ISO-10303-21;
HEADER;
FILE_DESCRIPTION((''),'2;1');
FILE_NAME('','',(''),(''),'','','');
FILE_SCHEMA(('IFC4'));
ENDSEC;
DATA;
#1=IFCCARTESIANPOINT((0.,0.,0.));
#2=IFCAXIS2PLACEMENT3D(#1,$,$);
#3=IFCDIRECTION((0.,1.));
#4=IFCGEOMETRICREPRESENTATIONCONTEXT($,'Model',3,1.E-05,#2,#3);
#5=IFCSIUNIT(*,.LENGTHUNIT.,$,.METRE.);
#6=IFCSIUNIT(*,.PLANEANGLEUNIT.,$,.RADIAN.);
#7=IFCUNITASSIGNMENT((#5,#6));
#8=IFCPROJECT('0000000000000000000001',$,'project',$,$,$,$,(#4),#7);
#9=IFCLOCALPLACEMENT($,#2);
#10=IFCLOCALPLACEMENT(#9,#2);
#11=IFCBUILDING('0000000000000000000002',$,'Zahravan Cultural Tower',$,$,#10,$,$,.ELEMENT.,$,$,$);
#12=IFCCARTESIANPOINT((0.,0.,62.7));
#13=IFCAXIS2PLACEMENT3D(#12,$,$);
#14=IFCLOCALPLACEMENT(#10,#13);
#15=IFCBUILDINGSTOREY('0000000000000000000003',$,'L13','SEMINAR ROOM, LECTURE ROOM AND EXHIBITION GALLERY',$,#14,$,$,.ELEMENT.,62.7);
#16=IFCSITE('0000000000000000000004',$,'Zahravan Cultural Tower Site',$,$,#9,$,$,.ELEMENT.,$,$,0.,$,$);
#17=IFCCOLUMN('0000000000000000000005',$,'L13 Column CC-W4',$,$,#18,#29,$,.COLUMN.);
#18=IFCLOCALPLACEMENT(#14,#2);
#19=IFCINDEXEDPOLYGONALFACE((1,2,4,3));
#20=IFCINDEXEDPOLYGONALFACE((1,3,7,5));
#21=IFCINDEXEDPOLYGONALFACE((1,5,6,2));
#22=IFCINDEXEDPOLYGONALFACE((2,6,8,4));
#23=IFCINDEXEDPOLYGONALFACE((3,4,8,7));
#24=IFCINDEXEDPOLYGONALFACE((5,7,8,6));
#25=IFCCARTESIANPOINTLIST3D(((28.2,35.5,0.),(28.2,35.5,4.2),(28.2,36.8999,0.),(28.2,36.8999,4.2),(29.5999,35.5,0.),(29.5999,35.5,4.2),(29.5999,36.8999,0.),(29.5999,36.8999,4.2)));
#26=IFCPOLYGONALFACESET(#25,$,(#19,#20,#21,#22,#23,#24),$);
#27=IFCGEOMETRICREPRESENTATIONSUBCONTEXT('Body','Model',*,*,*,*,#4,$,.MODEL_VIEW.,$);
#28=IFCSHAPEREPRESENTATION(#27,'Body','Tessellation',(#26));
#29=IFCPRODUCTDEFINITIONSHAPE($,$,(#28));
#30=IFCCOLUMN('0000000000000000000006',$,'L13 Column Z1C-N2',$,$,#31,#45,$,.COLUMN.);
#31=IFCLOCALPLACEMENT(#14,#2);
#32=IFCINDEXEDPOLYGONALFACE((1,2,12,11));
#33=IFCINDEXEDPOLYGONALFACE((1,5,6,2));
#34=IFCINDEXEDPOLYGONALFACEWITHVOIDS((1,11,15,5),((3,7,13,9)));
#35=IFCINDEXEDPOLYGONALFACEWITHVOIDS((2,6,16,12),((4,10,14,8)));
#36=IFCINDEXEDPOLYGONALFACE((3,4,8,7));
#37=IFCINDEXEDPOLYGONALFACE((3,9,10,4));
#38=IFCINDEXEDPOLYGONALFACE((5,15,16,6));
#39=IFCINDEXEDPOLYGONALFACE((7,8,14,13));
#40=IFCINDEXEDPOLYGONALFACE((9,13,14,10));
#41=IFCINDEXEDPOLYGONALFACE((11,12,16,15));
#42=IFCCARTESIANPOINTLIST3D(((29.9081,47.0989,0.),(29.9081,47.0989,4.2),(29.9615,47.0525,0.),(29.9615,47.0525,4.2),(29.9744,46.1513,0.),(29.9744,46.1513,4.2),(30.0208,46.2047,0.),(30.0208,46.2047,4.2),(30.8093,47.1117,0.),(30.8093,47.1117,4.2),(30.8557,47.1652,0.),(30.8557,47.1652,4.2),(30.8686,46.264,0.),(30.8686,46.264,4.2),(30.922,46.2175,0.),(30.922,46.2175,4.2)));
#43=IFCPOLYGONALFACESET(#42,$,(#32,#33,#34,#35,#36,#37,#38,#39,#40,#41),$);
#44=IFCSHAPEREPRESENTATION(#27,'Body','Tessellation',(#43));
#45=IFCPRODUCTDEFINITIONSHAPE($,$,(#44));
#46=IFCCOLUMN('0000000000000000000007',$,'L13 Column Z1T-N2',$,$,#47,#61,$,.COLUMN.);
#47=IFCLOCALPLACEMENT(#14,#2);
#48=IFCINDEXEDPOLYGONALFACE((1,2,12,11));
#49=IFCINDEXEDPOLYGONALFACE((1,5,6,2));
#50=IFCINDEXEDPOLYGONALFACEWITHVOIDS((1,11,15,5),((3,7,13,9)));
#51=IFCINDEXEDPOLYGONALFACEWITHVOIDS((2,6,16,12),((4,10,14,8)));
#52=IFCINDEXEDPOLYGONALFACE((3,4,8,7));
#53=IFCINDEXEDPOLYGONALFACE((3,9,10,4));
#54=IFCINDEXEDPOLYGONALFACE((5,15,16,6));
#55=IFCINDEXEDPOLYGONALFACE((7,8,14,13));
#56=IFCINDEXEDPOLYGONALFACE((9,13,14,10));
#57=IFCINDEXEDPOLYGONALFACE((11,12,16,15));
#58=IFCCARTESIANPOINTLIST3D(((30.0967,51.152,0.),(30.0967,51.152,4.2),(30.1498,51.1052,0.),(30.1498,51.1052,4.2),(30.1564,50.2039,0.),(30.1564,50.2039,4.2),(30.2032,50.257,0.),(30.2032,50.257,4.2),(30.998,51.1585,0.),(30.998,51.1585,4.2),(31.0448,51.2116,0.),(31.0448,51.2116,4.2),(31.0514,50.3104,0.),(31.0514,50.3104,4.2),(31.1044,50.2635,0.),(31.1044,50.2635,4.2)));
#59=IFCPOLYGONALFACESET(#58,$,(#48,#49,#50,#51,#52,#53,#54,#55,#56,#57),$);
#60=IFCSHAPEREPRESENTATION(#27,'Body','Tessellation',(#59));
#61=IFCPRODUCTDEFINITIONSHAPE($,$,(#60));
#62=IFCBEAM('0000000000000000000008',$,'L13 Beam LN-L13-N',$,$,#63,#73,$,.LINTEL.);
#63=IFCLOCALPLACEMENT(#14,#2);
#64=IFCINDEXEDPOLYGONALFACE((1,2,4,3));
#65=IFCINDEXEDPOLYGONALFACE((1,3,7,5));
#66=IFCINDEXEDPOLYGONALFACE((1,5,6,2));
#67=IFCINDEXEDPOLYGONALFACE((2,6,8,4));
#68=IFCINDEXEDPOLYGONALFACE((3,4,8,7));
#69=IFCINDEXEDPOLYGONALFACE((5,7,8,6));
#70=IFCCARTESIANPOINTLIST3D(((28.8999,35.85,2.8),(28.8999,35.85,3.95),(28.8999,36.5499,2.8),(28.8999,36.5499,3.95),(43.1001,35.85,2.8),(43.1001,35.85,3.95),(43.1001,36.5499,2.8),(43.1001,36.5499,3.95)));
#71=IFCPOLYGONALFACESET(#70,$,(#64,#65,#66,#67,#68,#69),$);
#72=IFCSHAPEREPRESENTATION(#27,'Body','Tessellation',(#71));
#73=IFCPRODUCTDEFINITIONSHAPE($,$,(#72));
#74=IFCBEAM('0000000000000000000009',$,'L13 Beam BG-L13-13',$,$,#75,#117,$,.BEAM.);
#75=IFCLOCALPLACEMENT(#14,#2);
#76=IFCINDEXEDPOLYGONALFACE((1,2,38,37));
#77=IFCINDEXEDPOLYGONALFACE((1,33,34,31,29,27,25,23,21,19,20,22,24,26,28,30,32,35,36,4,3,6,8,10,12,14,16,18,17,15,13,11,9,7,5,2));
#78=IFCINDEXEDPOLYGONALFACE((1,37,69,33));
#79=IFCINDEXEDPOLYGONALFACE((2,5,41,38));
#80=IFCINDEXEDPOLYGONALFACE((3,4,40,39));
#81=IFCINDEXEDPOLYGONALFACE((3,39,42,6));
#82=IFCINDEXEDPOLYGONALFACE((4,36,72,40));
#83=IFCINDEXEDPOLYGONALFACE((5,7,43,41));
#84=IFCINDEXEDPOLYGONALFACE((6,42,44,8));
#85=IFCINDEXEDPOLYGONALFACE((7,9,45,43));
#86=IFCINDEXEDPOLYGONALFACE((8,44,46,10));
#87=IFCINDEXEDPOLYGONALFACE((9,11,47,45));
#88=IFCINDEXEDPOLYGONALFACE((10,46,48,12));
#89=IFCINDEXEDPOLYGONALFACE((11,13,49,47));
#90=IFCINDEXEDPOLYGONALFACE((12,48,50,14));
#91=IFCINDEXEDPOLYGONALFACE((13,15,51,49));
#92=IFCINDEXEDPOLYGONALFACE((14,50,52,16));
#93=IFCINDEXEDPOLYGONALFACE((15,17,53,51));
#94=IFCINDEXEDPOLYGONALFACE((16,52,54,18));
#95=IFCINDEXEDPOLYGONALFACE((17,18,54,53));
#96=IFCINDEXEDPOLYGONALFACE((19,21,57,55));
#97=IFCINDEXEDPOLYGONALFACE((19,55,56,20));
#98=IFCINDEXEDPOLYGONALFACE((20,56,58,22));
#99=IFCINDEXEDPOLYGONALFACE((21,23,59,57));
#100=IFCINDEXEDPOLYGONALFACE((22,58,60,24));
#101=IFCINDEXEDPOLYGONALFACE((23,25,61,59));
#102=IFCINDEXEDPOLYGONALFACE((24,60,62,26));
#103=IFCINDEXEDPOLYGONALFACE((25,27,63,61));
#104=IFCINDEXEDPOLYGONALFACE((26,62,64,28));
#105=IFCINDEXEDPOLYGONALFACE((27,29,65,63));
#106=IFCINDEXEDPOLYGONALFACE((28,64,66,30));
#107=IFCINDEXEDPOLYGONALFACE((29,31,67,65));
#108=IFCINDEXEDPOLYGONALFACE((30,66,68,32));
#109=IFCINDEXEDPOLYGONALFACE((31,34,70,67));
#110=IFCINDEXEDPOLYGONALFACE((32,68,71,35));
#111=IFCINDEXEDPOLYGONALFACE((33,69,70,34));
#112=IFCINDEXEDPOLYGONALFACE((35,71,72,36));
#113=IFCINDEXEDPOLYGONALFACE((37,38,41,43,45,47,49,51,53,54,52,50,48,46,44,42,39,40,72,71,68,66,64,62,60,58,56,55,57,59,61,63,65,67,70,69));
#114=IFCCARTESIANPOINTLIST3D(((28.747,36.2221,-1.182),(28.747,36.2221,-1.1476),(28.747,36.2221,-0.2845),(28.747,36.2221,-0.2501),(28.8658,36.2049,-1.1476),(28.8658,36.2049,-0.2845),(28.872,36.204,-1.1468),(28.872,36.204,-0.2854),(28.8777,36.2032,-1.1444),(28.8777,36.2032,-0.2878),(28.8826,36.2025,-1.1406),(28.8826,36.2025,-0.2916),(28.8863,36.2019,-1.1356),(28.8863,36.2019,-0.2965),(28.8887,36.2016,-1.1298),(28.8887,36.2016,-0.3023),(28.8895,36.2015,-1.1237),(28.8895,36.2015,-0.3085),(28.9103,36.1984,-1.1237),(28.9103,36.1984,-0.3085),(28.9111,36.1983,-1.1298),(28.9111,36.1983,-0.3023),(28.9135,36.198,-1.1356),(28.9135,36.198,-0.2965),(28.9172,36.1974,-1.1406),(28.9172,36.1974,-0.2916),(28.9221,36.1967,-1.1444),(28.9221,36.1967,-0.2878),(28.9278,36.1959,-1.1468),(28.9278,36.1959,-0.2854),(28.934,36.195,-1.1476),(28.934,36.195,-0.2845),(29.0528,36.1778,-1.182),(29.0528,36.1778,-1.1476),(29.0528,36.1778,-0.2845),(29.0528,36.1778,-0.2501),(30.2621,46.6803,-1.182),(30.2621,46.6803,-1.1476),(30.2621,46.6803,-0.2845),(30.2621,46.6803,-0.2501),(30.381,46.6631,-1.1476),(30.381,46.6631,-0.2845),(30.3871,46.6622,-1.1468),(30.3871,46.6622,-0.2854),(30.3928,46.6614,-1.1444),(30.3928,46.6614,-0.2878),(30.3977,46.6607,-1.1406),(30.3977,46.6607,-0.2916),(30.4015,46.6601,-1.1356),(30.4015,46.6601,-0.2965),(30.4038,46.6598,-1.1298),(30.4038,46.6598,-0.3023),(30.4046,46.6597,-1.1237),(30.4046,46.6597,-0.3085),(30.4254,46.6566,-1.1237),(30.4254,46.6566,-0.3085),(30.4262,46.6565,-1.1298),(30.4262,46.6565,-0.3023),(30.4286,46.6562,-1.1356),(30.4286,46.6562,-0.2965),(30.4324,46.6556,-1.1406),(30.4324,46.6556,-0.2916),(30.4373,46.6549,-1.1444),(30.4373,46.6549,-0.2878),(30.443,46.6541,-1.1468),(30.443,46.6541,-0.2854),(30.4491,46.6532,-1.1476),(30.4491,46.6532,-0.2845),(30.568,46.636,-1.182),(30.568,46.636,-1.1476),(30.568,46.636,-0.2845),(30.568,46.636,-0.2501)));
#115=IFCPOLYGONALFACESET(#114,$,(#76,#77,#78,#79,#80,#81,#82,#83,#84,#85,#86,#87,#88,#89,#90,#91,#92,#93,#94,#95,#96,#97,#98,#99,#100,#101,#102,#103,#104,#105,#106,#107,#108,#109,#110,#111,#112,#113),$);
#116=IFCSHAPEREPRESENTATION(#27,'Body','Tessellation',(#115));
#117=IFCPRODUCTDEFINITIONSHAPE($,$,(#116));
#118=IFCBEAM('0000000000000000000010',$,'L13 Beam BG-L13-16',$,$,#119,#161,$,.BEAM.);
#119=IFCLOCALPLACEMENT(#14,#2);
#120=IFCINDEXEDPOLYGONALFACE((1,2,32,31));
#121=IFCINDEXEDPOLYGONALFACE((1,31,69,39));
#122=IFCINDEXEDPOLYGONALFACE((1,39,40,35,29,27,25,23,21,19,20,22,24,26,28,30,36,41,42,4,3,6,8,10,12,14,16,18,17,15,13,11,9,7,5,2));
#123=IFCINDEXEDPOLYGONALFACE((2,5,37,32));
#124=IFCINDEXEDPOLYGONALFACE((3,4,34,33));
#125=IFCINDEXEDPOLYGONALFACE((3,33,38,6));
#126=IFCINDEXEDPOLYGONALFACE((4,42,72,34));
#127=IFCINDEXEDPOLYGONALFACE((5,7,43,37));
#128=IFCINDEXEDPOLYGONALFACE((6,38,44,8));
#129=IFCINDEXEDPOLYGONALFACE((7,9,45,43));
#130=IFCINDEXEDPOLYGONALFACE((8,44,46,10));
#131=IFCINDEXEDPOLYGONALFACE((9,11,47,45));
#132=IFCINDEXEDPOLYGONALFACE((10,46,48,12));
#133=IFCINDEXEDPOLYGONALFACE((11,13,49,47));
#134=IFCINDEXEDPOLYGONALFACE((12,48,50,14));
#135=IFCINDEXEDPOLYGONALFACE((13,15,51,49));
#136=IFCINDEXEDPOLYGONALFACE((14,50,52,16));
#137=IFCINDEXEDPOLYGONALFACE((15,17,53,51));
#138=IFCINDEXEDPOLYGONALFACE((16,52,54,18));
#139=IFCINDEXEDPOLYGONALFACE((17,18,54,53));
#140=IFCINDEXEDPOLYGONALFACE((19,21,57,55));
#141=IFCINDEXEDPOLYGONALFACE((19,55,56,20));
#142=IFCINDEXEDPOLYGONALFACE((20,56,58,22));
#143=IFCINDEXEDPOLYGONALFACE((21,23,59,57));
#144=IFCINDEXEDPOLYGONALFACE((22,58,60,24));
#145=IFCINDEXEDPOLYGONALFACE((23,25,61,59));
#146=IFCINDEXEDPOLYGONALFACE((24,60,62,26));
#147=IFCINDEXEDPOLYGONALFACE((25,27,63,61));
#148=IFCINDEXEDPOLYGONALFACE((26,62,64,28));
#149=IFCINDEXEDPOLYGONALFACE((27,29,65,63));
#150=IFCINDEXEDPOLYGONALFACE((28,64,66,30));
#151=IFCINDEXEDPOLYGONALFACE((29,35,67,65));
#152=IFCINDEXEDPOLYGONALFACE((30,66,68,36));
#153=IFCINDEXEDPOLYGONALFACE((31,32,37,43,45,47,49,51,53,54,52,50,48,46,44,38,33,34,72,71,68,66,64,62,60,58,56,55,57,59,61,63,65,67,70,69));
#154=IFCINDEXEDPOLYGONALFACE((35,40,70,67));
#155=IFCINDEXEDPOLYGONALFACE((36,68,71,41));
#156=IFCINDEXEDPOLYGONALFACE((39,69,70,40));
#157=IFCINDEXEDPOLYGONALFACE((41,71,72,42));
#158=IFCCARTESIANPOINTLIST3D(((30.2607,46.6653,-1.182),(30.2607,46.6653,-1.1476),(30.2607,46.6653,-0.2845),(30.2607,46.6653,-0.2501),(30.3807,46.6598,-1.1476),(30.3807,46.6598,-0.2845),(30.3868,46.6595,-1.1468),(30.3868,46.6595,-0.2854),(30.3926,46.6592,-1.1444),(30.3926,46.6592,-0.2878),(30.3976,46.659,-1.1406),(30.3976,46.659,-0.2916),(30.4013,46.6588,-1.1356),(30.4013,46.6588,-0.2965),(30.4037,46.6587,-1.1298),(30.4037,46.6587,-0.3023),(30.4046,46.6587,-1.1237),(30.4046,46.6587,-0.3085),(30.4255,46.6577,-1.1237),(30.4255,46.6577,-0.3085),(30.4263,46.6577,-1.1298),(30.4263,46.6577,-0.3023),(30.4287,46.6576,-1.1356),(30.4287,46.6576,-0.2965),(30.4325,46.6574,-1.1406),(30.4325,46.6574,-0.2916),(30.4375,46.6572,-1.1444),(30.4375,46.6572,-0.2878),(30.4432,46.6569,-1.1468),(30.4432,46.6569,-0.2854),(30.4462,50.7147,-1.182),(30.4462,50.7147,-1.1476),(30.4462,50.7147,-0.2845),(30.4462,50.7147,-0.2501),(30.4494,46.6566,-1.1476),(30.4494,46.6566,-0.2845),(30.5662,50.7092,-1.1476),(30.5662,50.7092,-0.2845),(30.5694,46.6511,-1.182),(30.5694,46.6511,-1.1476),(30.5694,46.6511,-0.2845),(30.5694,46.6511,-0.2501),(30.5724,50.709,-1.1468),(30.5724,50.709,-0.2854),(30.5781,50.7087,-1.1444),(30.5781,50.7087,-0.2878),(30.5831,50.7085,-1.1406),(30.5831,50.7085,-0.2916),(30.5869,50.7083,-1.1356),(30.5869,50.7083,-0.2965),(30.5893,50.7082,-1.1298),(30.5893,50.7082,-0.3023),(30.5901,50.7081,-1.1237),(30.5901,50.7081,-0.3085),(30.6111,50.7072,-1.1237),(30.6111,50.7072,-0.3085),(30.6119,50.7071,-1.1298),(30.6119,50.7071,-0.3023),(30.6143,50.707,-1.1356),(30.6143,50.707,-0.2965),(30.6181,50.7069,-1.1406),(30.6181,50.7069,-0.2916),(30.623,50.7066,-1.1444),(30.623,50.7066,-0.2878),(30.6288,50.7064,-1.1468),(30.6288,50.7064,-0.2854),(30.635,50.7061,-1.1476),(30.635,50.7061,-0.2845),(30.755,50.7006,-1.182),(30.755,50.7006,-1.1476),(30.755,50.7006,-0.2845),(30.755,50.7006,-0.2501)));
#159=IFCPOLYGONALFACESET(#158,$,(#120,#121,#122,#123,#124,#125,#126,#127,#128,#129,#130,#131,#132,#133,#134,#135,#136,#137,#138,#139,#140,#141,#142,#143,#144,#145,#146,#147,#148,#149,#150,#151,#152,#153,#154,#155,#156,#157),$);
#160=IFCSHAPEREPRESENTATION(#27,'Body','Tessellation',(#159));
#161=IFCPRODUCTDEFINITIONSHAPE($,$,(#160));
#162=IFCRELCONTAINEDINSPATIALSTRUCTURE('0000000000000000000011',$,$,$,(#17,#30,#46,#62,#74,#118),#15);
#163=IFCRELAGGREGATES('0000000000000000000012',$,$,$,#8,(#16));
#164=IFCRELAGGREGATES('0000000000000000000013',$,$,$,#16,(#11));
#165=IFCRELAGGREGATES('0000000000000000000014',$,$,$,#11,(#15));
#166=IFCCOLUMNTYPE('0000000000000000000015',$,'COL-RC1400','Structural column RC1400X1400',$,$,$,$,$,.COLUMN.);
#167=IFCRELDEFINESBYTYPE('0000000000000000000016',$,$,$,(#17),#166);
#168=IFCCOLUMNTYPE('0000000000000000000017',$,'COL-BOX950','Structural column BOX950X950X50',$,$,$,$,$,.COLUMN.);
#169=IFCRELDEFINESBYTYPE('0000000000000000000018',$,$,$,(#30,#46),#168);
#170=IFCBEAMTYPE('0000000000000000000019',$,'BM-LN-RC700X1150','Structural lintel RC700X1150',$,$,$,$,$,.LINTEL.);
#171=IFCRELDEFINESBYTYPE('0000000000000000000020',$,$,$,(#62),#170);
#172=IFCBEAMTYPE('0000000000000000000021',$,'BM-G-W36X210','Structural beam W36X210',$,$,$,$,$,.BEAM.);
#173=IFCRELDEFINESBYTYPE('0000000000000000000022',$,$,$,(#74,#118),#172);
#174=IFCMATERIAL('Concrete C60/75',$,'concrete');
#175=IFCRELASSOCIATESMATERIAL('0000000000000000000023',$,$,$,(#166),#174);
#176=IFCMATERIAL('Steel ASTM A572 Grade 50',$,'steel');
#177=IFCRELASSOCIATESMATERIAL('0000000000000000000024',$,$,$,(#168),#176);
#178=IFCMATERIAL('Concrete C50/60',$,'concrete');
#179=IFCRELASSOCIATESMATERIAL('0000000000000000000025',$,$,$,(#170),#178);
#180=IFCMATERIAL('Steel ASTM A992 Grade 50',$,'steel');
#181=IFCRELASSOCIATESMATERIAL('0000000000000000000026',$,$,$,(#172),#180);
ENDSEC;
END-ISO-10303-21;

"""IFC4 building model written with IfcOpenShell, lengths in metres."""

from ifc_helpers import new_model, si_unit, direction, frame, origin, origin_2d, place, context, subcontext, project, spatial, rectangle, hollow_rectangle, i_section, extrude, source, transform, mapped, material, material_profile, profile_set, type_object, element, save


model = new_model("IFC4")

# Units and contexts
model_context = context("Model", 3, precision=1e-05, world=origin(), true_north=direction((0.0, 1.0)))
body_context = subcontext(model_context, "Body", "Model", "MODEL_VIEW")
ifc_project = project(units=[si_unit("LENGTHUNIT", "METRE"), si_unit("PLANEANGLEUNIT", "RADIAN")], contexts=[model_context])

# Site, building, storey
site_placement = place(None, origin())
site = spatial("IfcSite", under=ifc_project, at=site_placement, Name="Zahravan Cultural Tower Site", CompositionType="ELEMENT", RefElevation=0.0)
building_placement = place(site_placement, origin())
building = spatial("IfcBuilding", under=site, at=building_placement, Name="Zahravan Cultural Tower", CompositionType="ELEMENT")
storey_placement = place(building_placement, frame((0.0, 0.0, 62.7)))
storey = spatial("IfcBuildingStorey", under=building, at=storey_placement, Name="L13", Description="SEMINAR ROOM, LECTURE ROOM AND EXHIBITION GALLERY", CompositionType="ELEMENT", Elevation=62.7)

# Columns
ifc_material_1 = material(Name="Concrete C60/75", Category="concrete")
ifc_material_profile_1 = material_profile(ifc_material_1, rectangle(XDim=1.3999, YDim=1.3999, at=origin_2d()), Name="RC1400X1400")
ifc_profile_set_1 = profile_set([ifc_material_profile_1], Name="Concrete C60/75")
column_type_1 = type_object("IfcColumnType", Name="COL-RC1400", Description="Structural column RC1400X1400", PredefinedType="COLUMN", material=ifc_profile_set_1)
shared_shape_1 = source(origin(), body_context, "Body", "SweptSolid", [
    extrude(rectangle(XDim=1.3999, YDim=1.3999, at=origin_2d()), origin(), (0.0, 0.0, 1.0), 4.2),
])
column_placement = place(storey_placement, frame((28.8999, 36.2, 0.0), z_axis=(0.0, 0.0, 1.0), x_axis=(1.0, 0.0, 0.0)))
element("IfcColumn", 1, at=column_placement, inside=storey, type_object=column_type_1, Name="L13 Column CC-W4", PredefinedType="COLUMN", context=body_context, shape_type="MappedRepresentation", body=[
    mapped(shared_shape_1, transform((0.0, 0.0, 0.0), x_axis=(1.0, 0.0, 0.0), y_axis=(0.0, 1.0, 0.0), z_axis=(0.0, 0.0, 1.0), scale=1.0)),
])
ifc_material_2 = material(Name="Steel ASTM A572 Grade 50", Category="steel")
ifc_material_profile_2 = material_profile(ifc_material_2, hollow_rectangle(XDim=0.95, YDim=0.95, WallThickness=0.05, at=origin_2d()), Name="BOX950X950X50")
ifc_profile_set_2 = profile_set([ifc_material_profile_2], Name="Steel ASTM A572 Grade 50")
column_type_2 = type_object("IfcColumnType", Name="COL-BOX950", Description="Structural column BOX950X950X50", PredefinedType="COLUMN", material=ifc_profile_set_2)
shared_shape_2 = source(origin(), body_context, "Body", "SweptSolid", [
    extrude(hollow_rectangle(XDim=0.95, YDim=0.95, WallThickness=0.05, at=origin_2d()), origin(), (0.0, 0.0, 1.0), 4.2),
])
for number, where, z_axis, x_axis, name in (
    (2, (30.415, 46.6582, 0.0), (0.0, 0.0, 1.0), (-0.069756, 0.997564, 0.0), "L13 Column Z1C-N2"),
    (3, (30.6006, 50.7078, 0.0), (0.0, 0.0, 1.0), (-0.062791, 0.998027, 0.0), "L13 Column Z1T-N2"),
):
    element("IfcColumn", number, at=place(storey_placement, frame(where, z_axis=z_axis, x_axis=x_axis)), inside=storey, type_object=column_type_2, Name=name, PredefinedType="COLUMN", context=body_context, shape_type="MappedRepresentation", body=[
        mapped(shared_shape_2, transform((0.0, 0.0, 0.0), x_axis=(1.0, 0.0, 0.0), y_axis=(0.0, 1.0, 0.0), z_axis=(0.0, 0.0, 1.0), scale=1.0)),
    ])

# Beams
ifc_material_3 = material(Name="Concrete C50/60", Category="concrete")
ifc_material_profile_3 = material_profile(ifc_material_3, rectangle(XDim=0.7, YDim=1.1499, at=origin_2d()), Name="RC700X1150")
ifc_profile_set_3 = profile_set([ifc_material_profile_3], Name="Concrete C50/60")
beam_type_1 = type_object("IfcBeamType", Name="BM-LN-RC700X1150", Description="Structural lintel RC700X1150", PredefinedType="LINTEL", material=ifc_profile_set_3)
shared_shape_3 = source(origin(), body_context, "Body", "SweptSolid", [
    extrude(rectangle(XDim=0.7, YDim=1.1499, at=origin_2d()), origin(), (0.0, 0.0, 1.0), 14.2002),
])
beam_1_placement = place(storey_placement, frame((28.8999, 36.2, 3.375), z_axis=(1.0, 0.0, 0.0), x_axis=(0.0, 1.0, 0.0)))
element("IfcBeam", 4, at=beam_1_placement, inside=storey, type_object=beam_type_1, Name="L13 Beam LN-L13-N", PredefinedType="LINTEL", context=body_context, shape_type="MappedRepresentation", body=[
    mapped(shared_shape_3, transform((0.0, 0.0, 0.0), x_axis=(1.0, 0.0, 0.0), y_axis=(0.0, 1.0, 0.0), z_axis=(0.0, 0.0, 1.0), scale=1.0)),
])
ifc_material_4 = material(Name="Steel ASTM A992 Grade 50", Category="steel")
ifc_material_profile_4 = material_profile(ifc_material_4, i_section(OverallWidth=0.3091, OverallDepth=0.9319, WebThickness=0.021, FlangeThickness=0.0344, FilletRadius=0.0239, at=origin_2d()), Name="W36X210")
ifc_profile_set_4 = profile_set([ifc_material_profile_4], Name="Steel ASTM A992 Grade 50")
beam_type_2 = type_object("IfcBeamType", Name="BM-G-W36X210", Description="Structural beam W36X210", PredefinedType="BEAM", material=ifc_profile_set_4)
shared_shape_4 = source(origin(), body_context, "Body", "SweptSolid", [
    extrude(i_section(OverallWidth=0.3091, OverallDepth=0.9319, WebThickness=0.021, FlangeThickness=0.0344, FilletRadius=0.0239, at=origin_2d()), origin(), (0.0, 0.0, 1.0), 10.5674),
])
beam_2_placement = place(storey_placement, frame((28.8999, 36.2, -0.7161), z_axis=(0.143378, 0.989668, 0.0), x_axis=(-0.989668, 0.143378, 0.0)))
element("IfcBeam", 5, at=beam_2_placement, inside=storey, type_object=beam_type_2, Name="L13 Beam BG-L13-13", PredefinedType="BEAM", context=body_context, shape_type="MappedRepresentation", body=[
    mapped(shared_shape_4, transform((0.0, 0.0, 0.0), x_axis=(1.0, 0.0, 0.0), y_axis=(0.0, 1.0, 0.0), z_axis=(0.0, 0.0, 1.0), scale=1.0)),
])
shared_shape_5 = source(origin(), body_context, "Body", "SweptSolid", [
    extrude(i_section(OverallWidth=0.3091, OverallDepth=0.9319, WebThickness=0.021, FlangeThickness=0.0344, FilletRadius=0.0239, at=origin_2d()), origin(), (0.0, 0.0, 1.0), 4.0537),
])
beam_3_placement = place(storey_placement, frame((30.415, 46.6582, -0.7161), z_axis=(0.045771, 0.998952, 0.0), x_axis=(-0.998952, 0.045771, 0.0)))
element("IfcBeam", 6, at=beam_3_placement, inside=storey, type_object=beam_type_2, Name="L13 Beam BG-L13-16", PredefinedType="BEAM", context=body_context, shape_type="MappedRepresentation", body=[
    mapped(shared_shape_5, transform((0.0, 0.0, 0.0), x_axis=(1.0, 0.0, 0.0), y_axis=(0.0, 1.0, 0.0), z_axis=(0.0, 0.0, 1.0), scale=1.0)),
])

save(model, "model.ifc")
